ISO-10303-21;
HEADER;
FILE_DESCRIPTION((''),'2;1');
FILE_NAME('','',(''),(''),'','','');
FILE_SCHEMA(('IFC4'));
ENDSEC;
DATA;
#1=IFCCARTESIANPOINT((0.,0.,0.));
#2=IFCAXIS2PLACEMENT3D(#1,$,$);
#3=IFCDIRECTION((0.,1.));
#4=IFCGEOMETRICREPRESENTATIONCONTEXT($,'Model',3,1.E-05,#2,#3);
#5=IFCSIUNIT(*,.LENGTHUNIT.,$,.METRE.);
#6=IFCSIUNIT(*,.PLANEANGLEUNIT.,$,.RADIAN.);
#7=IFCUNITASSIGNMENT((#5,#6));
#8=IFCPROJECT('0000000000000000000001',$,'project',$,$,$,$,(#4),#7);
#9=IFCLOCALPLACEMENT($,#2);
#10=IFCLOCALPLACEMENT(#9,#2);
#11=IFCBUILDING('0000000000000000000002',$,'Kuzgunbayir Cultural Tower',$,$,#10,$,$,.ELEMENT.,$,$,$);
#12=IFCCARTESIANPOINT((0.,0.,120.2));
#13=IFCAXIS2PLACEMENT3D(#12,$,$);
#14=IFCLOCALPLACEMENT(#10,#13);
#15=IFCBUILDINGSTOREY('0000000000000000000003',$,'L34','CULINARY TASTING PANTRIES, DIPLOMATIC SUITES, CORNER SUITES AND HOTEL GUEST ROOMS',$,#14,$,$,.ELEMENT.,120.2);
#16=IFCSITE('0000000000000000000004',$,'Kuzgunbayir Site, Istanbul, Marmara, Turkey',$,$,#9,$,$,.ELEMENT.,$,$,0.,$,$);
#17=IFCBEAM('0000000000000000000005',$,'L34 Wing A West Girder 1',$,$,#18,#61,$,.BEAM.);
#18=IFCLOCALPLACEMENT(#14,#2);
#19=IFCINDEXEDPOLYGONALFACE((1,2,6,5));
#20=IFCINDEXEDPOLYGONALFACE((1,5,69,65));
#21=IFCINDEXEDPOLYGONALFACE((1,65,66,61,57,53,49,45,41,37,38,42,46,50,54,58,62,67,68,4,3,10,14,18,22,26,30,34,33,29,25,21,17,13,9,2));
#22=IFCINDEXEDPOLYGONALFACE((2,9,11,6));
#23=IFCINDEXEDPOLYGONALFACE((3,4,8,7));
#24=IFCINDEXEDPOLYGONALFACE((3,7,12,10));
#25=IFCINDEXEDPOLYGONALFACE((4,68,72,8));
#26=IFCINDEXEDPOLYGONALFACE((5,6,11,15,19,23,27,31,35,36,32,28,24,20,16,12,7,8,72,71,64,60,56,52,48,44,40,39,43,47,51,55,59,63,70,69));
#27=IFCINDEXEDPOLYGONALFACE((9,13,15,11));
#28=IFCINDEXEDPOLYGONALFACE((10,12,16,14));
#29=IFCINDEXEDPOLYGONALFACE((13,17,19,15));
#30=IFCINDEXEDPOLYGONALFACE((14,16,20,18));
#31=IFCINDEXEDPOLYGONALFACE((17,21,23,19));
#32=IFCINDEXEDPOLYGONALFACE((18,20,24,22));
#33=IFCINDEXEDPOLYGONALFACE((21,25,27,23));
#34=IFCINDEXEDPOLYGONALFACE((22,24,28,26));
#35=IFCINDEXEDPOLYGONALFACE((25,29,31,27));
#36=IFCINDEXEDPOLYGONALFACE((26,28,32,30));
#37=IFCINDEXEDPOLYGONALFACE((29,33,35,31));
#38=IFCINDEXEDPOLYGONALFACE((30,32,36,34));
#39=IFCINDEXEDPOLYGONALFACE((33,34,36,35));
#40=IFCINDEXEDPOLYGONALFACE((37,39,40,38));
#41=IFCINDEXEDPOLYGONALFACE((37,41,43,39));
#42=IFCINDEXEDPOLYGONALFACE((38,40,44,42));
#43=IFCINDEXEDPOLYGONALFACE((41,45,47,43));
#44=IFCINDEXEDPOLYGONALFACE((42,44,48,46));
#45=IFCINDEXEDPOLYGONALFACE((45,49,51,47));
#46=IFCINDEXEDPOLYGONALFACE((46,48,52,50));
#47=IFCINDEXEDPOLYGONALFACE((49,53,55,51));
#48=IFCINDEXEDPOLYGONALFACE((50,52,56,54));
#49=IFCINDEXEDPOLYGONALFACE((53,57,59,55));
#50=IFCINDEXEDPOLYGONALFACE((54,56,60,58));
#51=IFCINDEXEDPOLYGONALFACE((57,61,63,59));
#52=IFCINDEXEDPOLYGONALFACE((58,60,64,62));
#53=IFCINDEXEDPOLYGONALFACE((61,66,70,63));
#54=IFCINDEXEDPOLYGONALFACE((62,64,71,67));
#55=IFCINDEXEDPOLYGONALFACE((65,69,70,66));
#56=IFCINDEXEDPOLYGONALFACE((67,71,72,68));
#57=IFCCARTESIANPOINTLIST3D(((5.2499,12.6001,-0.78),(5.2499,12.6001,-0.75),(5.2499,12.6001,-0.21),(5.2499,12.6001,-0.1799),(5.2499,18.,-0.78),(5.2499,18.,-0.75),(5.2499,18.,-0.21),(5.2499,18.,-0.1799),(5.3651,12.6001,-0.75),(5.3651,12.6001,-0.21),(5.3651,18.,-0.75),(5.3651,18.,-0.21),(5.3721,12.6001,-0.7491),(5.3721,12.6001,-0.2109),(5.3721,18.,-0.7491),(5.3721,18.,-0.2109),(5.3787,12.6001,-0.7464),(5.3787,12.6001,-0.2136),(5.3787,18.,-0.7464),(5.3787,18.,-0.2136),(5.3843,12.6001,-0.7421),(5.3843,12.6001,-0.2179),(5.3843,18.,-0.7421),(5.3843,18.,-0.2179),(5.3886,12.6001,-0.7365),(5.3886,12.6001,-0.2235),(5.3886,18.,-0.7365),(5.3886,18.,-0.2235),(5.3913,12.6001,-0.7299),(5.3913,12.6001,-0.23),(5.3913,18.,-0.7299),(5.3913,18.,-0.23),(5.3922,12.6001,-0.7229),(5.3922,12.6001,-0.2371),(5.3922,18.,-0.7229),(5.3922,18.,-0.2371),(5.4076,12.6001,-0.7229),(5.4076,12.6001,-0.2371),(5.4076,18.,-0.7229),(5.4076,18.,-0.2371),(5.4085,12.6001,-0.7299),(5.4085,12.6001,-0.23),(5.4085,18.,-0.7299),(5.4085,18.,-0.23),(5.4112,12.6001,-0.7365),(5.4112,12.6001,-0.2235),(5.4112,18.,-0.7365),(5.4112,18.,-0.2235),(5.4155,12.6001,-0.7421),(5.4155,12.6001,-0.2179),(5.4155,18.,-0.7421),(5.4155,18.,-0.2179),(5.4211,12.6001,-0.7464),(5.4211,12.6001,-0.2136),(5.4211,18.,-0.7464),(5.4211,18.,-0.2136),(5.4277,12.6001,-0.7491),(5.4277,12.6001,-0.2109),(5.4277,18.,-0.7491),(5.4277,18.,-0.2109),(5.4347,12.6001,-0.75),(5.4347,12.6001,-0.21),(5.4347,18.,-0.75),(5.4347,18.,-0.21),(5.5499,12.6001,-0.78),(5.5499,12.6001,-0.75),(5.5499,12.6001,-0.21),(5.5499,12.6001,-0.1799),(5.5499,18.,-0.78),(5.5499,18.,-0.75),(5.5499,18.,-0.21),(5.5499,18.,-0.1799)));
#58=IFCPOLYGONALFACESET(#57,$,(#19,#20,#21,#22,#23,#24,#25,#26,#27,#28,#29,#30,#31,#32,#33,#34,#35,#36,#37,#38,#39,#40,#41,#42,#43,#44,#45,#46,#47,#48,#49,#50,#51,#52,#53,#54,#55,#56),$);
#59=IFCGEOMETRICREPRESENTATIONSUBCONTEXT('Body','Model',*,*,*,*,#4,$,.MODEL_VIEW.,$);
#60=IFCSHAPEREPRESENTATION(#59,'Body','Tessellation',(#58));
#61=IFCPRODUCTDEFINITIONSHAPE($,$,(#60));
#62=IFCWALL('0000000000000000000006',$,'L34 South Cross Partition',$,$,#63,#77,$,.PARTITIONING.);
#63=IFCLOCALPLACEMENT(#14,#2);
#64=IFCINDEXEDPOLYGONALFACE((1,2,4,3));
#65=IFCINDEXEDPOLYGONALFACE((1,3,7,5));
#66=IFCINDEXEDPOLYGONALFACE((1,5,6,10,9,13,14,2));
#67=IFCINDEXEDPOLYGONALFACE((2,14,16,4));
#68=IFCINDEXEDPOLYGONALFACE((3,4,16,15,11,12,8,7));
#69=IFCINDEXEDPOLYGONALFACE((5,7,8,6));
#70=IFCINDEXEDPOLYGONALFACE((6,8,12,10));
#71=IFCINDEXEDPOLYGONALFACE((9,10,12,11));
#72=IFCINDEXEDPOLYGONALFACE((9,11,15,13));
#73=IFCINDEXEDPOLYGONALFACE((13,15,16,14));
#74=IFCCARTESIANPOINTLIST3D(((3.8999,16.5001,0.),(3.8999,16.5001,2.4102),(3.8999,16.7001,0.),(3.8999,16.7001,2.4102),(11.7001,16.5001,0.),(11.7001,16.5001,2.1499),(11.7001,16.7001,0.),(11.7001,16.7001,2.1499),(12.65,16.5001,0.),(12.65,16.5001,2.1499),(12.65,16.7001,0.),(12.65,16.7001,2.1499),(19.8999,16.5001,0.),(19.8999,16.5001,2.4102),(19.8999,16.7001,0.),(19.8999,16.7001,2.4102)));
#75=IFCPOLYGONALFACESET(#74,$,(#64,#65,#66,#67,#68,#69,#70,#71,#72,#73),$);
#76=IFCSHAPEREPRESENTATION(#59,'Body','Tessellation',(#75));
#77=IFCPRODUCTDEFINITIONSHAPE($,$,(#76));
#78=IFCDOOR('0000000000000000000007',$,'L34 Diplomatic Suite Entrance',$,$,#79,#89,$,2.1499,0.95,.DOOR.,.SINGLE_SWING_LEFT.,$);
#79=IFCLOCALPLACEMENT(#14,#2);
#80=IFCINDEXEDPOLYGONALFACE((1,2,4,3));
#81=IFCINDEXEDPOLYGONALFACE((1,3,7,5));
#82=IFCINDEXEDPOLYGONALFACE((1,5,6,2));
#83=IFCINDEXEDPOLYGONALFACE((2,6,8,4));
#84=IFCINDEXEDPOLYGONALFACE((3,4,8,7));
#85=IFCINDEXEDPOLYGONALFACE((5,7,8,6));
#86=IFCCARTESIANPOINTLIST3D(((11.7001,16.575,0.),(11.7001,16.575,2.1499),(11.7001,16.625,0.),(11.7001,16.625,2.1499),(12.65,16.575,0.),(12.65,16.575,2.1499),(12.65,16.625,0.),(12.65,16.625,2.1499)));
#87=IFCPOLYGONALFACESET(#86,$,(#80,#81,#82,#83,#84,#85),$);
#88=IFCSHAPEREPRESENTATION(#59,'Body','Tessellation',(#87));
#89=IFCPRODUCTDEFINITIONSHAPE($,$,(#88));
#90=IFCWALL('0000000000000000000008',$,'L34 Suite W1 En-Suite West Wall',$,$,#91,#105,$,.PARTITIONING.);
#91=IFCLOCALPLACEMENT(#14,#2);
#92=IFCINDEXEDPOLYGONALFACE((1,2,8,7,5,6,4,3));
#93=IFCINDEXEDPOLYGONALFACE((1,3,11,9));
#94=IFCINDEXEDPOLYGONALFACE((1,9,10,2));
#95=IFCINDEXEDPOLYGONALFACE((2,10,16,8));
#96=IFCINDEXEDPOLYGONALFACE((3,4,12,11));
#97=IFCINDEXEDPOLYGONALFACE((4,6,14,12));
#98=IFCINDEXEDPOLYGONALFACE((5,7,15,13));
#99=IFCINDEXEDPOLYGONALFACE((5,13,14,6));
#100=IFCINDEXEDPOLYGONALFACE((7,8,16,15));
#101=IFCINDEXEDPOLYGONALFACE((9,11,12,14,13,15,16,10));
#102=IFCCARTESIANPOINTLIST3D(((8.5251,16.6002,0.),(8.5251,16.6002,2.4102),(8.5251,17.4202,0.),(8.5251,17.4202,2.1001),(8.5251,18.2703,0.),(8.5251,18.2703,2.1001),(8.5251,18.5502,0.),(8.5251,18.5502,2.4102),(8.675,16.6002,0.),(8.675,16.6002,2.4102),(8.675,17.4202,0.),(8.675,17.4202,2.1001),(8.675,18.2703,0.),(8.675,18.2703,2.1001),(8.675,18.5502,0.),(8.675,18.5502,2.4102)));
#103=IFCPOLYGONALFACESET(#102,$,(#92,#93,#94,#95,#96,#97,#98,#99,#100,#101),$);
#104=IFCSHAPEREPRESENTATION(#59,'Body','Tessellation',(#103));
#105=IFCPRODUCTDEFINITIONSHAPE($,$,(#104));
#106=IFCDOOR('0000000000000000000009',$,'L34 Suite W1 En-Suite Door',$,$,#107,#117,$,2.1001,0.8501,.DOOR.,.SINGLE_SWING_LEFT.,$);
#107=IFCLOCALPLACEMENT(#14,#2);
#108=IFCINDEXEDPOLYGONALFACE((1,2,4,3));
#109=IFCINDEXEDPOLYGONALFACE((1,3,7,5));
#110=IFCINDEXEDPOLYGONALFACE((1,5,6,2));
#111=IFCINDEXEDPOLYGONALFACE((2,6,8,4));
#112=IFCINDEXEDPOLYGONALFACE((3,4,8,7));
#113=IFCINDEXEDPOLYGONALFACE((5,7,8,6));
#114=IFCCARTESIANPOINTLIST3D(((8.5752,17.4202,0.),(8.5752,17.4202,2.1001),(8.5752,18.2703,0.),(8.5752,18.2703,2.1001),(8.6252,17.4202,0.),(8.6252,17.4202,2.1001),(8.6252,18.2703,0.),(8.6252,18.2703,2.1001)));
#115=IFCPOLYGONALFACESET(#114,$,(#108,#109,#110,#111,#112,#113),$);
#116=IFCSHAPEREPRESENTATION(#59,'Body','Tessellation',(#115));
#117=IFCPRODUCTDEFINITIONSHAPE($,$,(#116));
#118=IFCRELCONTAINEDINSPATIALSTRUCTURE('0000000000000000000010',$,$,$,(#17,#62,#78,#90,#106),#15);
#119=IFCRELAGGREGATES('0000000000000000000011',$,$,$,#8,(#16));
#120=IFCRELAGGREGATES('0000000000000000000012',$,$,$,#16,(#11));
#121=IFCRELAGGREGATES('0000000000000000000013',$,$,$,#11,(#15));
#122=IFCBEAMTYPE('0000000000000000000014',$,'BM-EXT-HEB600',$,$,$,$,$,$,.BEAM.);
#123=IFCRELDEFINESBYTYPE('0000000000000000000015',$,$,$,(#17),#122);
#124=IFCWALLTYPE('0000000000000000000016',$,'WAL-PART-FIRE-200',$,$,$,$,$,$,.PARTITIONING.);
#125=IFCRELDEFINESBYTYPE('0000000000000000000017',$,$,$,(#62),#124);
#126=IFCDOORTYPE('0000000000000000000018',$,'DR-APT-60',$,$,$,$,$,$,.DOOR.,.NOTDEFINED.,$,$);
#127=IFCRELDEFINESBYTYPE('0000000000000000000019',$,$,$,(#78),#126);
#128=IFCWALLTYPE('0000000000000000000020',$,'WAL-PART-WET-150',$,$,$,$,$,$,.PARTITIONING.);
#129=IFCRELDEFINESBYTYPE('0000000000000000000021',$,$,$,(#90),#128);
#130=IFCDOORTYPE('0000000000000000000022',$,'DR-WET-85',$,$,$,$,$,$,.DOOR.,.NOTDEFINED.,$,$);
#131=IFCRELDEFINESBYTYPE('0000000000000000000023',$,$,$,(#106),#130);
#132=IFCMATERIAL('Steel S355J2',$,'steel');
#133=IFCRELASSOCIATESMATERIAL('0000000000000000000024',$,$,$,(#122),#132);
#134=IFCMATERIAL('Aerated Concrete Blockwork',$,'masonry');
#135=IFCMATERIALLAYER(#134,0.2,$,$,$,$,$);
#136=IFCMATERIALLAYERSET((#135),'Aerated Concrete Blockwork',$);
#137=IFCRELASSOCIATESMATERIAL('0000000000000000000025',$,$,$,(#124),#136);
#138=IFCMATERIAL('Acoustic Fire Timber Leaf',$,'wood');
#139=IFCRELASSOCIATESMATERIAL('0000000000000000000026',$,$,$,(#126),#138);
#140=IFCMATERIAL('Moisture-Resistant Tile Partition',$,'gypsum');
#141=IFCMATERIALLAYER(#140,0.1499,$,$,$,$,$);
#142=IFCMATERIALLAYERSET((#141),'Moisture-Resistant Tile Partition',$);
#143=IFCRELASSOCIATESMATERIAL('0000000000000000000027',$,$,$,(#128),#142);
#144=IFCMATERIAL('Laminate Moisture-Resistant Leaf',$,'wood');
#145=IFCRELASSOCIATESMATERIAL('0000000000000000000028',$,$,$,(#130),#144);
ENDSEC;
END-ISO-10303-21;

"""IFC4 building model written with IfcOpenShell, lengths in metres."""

from ifc_helpers import new_model, si_unit, direction, frame, frame_2d, origin, origin_2d, place, context, subcontext, project, spatial, rectangle, i_section, extrude, material, layer, layer_set, material_profile, profile_set, type_object, element, fill, save


model = new_model("IFC4")

# Units and contexts
model_context = context("Model", 3, precision=1e-05, world=origin(), true_north=direction((0.0, 1.0)))
body_context = subcontext(model_context, "Body", "Model", "MODEL_VIEW")
ifc_project = project(units=[si_unit("LENGTHUNIT", "METRE"), si_unit("PLANEANGLEUNIT", "RADIAN")], contexts=[model_context])

# Site, building, storey
site_placement = place(None, origin())
site = spatial("IfcSite", under=ifc_project, at=site_placement, Name="Kuzgunbayir Site, Istanbul, Marmara, Turkey", CompositionType="ELEMENT", RefElevation=0.0)
building_placement = place(site_placement, origin())
building = spatial("IfcBuilding", under=site, at=building_placement, Name="Kuzgunbayir Cultural Tower", CompositionType="ELEMENT")
storey_placement = place(building_placement, frame((0.0, 0.0, 120.2)))
storey = spatial("IfcBuildingStorey", under=building, at=storey_placement, Name="L34", Description="CULINARY TASTING PANTRIES, DIPLOMATIC SUITES, CORNER SUITES AND HOTEL GUEST ROOMS", CompositionType="ELEMENT", Elevation=120.2)

# Beam
ifc_material_1 = material(Name="Steel S355J2", Category="steel")
ifc_material_profile_1 = material_profile(ifc_material_1, i_section(OverallWidth=0.3, OverallDepth=0.6001, WebThickness=0.0154, FlangeThickness=0.03, FilletRadius=0.0271, at=origin_2d()), Name="HEB 600")
ifc_profile_set_1 = profile_set([ifc_material_profile_1], Name="Steel S355J2")
beam_type_1 = type_object("IfcBeamType", Name="BM-EXT-HEB600", PredefinedType="BEAM", material=ifc_profile_set_1)
beam_1_placement = place(storey_placement, frame((5.3999, 12.6001, -0.48), z_axis=(0.0, 1.0, 0.0), x_axis=(-1.0, 0.0, 0.0)))
element("IfcBeam", 1, at=beam_1_placement, inside=storey, type_object=beam_type_1, Name="L34 Wing A West Girder 1", PredefinedType="BEAM", context=body_context, shape_type="SweptSolid", body=[
    extrude(i_section(OverallWidth=0.3, OverallDepth=0.6001, WebThickness=0.0154, FlangeThickness=0.03, FilletRadius=0.0271, at=origin_2d()), origin(), (0.0, 0.0, 1.0), 5.3999),
])

# Shared definitions
ifc_material_2 = material(Name="Aerated Concrete Blockwork", Category="masonry")
ifc_layer_1 = layer(ifc_material_2, 0.2)
ifc_layer_set_1 = layer_set([ifc_layer_1], Name="Aerated Concrete Blockwork")
wall_type_1 = type_object("IfcWallType", Name="WAL-PART-FIRE-200", PredefinedType="PARTITIONING", material=ifc_layer_set_1)
ifc_material_3 = material(Name="Acoustic Fire Timber Leaf", Category="wood")
door_type_1 = type_object("IfcDoorType", Name="DR-APT-60", OperationType="NOTDEFINED", PredefinedType="DOOR", material=ifc_material_3)
ifc_material_4 = material(Name="Laminate Moisture-Resistant Leaf", Category="wood")

# Walls, openings, doors
wall_1_placement = place(storey_placement, frame((3.8999, 16.6001, 0.0), z_axis=(0.0, 0.0, 1.0), x_axis=(1.0, 0.0, 0.0)))
wall_1 = element("IfcWall", 2, at=wall_1_placement, inside=storey, type_object=wall_type_1, Name="L34 South Cross Partition", PredefinedType="PARTITIONING", context=body_context, shape_type="SweptSolid", body=[
    extrude(rectangle(XDim=16.0, YDim=0.2, at=frame_2d((8.0, 0.0))), origin(), (0.0, 0.0, 1.0), 2.4102),
])
opening_1_placement = place(wall_1_placement, frame((7.8, 0.0, 0.0)))
opening_1 = element("IfcOpeningElement", 3, at=opening_1_placement, cuts=wall_1, PredefinedType="OPENING", context=body_context, shape_type="SweptSolid", body=[
    extrude(rectangle(XDim=0.95, YDim=2.1499, at=frame_2d((0.4751, 1.075))), frame((0.0, 0.1099, 0.0), z_axis=(0.0, -1.0, 0.0), x_axis=(1.0, 0.0, 0.0)), (0.0, 0.0, 1.0), 0.22),
])
door_1_placement = place(opening_1_placement, origin())
door_1 = element("IfcDoor", 4, at=door_1_placement, inside=storey, type_object=door_type_1, Name="L34 Diplomatic Suite Entrance", OperationType="SINGLE_SWING_LEFT", OverallHeight=2.1499, OverallWidth=0.95, PredefinedType="DOOR", context=body_context, shape_type="SweptSolid", body=[
    extrude(rectangle(XDim=0.95, YDim=2.1499, at=frame_2d((0.4751, 1.075))), frame((0.0, 0.0249, 0.0), z_axis=(0.0, -1.0, 0.0), x_axis=(1.0, 0.0, 0.0)), (0.0, 0.0, 1.0), 0.05),
])
fill(opening_1, door_1)
ifc_material_5 = material(Name="Moisture-Resistant Tile Partition", Category="gypsum")
ifc_layer_2 = layer(ifc_material_5, 0.1499)
ifc_layer_set_2 = layer_set([ifc_layer_2], Name="Moisture-Resistant Tile Partition")
wall_type_2 = type_object("IfcWallType", Name="WAL-PART-WET-150", PredefinedType="PARTITIONING", material=ifc_layer_set_2)
wall_2_placement = place(storey_placement, frame((8.6001, 16.6001, 0.0), z_axis=(0.0, 0.0, 1.0), x_axis=(0.0, 1.0, 0.0)))
wall_2 = element("IfcWall", 5, at=wall_2_placement, inside=storey, type_object=wall_type_2, Name="L34 Suite W1 En-Suite West Wall", PredefinedType="PARTITIONING", context=body_context, shape_type="SweptSolid", body=[
    extrude(rectangle(XDim=1.95, YDim=0.1499, at=frame_2d((0.9751, 0.0))), origin(), (0.0, 0.0, 1.0), 2.4102),
])
opening_2_placement = place(wall_2_placement, frame((0.8201, 0.0, 0.0)))
opening_2 = element("IfcOpeningElement", 6, at=opening_2_placement, cuts=wall_2, PredefinedType="OPENING", context=body_context, shape_type="SweptSolid", body=[
    extrude(rectangle(XDim=0.8501, YDim=2.1001, at=frame_2d((0.425, 1.05))), frame((0.0, 0.085, 0.0), z_axis=(0.0, -1.0, 0.0), x_axis=(1.0, 0.0, 0.0)), (0.0, 0.0, 1.0), 0.1699),
])
door_type_2 = type_object("IfcDoorType", Name="DR-WET-85", OperationType="NOTDEFINED", PredefinedType="DOOR", material=ifc_material_4)
door_2_placement = place(opening_2_placement, origin())
door_2 = element("IfcDoor", 7, at=door_2_placement, inside=storey, type_object=door_type_2, Name="L34 Suite W1 En-Suite Door", OperationType="SINGLE_SWING_LEFT", OverallHeight=2.1001, OverallWidth=0.8501, PredefinedType="DOOR", context=body_context, shape_type="SweptSolid", body=[
    extrude(rectangle(XDim=0.8501, YDim=2.1001, at=frame_2d((0.425, 1.05))), frame((0.0, 0.0249, 0.0), z_axis=(0.0, -1.0, 0.0), x_axis=(1.0, 0.0, 0.0)), (0.0, 0.0, 1.0), 0.05),
])
fill(opening_2, door_2)

save(model, "model.ifc")
